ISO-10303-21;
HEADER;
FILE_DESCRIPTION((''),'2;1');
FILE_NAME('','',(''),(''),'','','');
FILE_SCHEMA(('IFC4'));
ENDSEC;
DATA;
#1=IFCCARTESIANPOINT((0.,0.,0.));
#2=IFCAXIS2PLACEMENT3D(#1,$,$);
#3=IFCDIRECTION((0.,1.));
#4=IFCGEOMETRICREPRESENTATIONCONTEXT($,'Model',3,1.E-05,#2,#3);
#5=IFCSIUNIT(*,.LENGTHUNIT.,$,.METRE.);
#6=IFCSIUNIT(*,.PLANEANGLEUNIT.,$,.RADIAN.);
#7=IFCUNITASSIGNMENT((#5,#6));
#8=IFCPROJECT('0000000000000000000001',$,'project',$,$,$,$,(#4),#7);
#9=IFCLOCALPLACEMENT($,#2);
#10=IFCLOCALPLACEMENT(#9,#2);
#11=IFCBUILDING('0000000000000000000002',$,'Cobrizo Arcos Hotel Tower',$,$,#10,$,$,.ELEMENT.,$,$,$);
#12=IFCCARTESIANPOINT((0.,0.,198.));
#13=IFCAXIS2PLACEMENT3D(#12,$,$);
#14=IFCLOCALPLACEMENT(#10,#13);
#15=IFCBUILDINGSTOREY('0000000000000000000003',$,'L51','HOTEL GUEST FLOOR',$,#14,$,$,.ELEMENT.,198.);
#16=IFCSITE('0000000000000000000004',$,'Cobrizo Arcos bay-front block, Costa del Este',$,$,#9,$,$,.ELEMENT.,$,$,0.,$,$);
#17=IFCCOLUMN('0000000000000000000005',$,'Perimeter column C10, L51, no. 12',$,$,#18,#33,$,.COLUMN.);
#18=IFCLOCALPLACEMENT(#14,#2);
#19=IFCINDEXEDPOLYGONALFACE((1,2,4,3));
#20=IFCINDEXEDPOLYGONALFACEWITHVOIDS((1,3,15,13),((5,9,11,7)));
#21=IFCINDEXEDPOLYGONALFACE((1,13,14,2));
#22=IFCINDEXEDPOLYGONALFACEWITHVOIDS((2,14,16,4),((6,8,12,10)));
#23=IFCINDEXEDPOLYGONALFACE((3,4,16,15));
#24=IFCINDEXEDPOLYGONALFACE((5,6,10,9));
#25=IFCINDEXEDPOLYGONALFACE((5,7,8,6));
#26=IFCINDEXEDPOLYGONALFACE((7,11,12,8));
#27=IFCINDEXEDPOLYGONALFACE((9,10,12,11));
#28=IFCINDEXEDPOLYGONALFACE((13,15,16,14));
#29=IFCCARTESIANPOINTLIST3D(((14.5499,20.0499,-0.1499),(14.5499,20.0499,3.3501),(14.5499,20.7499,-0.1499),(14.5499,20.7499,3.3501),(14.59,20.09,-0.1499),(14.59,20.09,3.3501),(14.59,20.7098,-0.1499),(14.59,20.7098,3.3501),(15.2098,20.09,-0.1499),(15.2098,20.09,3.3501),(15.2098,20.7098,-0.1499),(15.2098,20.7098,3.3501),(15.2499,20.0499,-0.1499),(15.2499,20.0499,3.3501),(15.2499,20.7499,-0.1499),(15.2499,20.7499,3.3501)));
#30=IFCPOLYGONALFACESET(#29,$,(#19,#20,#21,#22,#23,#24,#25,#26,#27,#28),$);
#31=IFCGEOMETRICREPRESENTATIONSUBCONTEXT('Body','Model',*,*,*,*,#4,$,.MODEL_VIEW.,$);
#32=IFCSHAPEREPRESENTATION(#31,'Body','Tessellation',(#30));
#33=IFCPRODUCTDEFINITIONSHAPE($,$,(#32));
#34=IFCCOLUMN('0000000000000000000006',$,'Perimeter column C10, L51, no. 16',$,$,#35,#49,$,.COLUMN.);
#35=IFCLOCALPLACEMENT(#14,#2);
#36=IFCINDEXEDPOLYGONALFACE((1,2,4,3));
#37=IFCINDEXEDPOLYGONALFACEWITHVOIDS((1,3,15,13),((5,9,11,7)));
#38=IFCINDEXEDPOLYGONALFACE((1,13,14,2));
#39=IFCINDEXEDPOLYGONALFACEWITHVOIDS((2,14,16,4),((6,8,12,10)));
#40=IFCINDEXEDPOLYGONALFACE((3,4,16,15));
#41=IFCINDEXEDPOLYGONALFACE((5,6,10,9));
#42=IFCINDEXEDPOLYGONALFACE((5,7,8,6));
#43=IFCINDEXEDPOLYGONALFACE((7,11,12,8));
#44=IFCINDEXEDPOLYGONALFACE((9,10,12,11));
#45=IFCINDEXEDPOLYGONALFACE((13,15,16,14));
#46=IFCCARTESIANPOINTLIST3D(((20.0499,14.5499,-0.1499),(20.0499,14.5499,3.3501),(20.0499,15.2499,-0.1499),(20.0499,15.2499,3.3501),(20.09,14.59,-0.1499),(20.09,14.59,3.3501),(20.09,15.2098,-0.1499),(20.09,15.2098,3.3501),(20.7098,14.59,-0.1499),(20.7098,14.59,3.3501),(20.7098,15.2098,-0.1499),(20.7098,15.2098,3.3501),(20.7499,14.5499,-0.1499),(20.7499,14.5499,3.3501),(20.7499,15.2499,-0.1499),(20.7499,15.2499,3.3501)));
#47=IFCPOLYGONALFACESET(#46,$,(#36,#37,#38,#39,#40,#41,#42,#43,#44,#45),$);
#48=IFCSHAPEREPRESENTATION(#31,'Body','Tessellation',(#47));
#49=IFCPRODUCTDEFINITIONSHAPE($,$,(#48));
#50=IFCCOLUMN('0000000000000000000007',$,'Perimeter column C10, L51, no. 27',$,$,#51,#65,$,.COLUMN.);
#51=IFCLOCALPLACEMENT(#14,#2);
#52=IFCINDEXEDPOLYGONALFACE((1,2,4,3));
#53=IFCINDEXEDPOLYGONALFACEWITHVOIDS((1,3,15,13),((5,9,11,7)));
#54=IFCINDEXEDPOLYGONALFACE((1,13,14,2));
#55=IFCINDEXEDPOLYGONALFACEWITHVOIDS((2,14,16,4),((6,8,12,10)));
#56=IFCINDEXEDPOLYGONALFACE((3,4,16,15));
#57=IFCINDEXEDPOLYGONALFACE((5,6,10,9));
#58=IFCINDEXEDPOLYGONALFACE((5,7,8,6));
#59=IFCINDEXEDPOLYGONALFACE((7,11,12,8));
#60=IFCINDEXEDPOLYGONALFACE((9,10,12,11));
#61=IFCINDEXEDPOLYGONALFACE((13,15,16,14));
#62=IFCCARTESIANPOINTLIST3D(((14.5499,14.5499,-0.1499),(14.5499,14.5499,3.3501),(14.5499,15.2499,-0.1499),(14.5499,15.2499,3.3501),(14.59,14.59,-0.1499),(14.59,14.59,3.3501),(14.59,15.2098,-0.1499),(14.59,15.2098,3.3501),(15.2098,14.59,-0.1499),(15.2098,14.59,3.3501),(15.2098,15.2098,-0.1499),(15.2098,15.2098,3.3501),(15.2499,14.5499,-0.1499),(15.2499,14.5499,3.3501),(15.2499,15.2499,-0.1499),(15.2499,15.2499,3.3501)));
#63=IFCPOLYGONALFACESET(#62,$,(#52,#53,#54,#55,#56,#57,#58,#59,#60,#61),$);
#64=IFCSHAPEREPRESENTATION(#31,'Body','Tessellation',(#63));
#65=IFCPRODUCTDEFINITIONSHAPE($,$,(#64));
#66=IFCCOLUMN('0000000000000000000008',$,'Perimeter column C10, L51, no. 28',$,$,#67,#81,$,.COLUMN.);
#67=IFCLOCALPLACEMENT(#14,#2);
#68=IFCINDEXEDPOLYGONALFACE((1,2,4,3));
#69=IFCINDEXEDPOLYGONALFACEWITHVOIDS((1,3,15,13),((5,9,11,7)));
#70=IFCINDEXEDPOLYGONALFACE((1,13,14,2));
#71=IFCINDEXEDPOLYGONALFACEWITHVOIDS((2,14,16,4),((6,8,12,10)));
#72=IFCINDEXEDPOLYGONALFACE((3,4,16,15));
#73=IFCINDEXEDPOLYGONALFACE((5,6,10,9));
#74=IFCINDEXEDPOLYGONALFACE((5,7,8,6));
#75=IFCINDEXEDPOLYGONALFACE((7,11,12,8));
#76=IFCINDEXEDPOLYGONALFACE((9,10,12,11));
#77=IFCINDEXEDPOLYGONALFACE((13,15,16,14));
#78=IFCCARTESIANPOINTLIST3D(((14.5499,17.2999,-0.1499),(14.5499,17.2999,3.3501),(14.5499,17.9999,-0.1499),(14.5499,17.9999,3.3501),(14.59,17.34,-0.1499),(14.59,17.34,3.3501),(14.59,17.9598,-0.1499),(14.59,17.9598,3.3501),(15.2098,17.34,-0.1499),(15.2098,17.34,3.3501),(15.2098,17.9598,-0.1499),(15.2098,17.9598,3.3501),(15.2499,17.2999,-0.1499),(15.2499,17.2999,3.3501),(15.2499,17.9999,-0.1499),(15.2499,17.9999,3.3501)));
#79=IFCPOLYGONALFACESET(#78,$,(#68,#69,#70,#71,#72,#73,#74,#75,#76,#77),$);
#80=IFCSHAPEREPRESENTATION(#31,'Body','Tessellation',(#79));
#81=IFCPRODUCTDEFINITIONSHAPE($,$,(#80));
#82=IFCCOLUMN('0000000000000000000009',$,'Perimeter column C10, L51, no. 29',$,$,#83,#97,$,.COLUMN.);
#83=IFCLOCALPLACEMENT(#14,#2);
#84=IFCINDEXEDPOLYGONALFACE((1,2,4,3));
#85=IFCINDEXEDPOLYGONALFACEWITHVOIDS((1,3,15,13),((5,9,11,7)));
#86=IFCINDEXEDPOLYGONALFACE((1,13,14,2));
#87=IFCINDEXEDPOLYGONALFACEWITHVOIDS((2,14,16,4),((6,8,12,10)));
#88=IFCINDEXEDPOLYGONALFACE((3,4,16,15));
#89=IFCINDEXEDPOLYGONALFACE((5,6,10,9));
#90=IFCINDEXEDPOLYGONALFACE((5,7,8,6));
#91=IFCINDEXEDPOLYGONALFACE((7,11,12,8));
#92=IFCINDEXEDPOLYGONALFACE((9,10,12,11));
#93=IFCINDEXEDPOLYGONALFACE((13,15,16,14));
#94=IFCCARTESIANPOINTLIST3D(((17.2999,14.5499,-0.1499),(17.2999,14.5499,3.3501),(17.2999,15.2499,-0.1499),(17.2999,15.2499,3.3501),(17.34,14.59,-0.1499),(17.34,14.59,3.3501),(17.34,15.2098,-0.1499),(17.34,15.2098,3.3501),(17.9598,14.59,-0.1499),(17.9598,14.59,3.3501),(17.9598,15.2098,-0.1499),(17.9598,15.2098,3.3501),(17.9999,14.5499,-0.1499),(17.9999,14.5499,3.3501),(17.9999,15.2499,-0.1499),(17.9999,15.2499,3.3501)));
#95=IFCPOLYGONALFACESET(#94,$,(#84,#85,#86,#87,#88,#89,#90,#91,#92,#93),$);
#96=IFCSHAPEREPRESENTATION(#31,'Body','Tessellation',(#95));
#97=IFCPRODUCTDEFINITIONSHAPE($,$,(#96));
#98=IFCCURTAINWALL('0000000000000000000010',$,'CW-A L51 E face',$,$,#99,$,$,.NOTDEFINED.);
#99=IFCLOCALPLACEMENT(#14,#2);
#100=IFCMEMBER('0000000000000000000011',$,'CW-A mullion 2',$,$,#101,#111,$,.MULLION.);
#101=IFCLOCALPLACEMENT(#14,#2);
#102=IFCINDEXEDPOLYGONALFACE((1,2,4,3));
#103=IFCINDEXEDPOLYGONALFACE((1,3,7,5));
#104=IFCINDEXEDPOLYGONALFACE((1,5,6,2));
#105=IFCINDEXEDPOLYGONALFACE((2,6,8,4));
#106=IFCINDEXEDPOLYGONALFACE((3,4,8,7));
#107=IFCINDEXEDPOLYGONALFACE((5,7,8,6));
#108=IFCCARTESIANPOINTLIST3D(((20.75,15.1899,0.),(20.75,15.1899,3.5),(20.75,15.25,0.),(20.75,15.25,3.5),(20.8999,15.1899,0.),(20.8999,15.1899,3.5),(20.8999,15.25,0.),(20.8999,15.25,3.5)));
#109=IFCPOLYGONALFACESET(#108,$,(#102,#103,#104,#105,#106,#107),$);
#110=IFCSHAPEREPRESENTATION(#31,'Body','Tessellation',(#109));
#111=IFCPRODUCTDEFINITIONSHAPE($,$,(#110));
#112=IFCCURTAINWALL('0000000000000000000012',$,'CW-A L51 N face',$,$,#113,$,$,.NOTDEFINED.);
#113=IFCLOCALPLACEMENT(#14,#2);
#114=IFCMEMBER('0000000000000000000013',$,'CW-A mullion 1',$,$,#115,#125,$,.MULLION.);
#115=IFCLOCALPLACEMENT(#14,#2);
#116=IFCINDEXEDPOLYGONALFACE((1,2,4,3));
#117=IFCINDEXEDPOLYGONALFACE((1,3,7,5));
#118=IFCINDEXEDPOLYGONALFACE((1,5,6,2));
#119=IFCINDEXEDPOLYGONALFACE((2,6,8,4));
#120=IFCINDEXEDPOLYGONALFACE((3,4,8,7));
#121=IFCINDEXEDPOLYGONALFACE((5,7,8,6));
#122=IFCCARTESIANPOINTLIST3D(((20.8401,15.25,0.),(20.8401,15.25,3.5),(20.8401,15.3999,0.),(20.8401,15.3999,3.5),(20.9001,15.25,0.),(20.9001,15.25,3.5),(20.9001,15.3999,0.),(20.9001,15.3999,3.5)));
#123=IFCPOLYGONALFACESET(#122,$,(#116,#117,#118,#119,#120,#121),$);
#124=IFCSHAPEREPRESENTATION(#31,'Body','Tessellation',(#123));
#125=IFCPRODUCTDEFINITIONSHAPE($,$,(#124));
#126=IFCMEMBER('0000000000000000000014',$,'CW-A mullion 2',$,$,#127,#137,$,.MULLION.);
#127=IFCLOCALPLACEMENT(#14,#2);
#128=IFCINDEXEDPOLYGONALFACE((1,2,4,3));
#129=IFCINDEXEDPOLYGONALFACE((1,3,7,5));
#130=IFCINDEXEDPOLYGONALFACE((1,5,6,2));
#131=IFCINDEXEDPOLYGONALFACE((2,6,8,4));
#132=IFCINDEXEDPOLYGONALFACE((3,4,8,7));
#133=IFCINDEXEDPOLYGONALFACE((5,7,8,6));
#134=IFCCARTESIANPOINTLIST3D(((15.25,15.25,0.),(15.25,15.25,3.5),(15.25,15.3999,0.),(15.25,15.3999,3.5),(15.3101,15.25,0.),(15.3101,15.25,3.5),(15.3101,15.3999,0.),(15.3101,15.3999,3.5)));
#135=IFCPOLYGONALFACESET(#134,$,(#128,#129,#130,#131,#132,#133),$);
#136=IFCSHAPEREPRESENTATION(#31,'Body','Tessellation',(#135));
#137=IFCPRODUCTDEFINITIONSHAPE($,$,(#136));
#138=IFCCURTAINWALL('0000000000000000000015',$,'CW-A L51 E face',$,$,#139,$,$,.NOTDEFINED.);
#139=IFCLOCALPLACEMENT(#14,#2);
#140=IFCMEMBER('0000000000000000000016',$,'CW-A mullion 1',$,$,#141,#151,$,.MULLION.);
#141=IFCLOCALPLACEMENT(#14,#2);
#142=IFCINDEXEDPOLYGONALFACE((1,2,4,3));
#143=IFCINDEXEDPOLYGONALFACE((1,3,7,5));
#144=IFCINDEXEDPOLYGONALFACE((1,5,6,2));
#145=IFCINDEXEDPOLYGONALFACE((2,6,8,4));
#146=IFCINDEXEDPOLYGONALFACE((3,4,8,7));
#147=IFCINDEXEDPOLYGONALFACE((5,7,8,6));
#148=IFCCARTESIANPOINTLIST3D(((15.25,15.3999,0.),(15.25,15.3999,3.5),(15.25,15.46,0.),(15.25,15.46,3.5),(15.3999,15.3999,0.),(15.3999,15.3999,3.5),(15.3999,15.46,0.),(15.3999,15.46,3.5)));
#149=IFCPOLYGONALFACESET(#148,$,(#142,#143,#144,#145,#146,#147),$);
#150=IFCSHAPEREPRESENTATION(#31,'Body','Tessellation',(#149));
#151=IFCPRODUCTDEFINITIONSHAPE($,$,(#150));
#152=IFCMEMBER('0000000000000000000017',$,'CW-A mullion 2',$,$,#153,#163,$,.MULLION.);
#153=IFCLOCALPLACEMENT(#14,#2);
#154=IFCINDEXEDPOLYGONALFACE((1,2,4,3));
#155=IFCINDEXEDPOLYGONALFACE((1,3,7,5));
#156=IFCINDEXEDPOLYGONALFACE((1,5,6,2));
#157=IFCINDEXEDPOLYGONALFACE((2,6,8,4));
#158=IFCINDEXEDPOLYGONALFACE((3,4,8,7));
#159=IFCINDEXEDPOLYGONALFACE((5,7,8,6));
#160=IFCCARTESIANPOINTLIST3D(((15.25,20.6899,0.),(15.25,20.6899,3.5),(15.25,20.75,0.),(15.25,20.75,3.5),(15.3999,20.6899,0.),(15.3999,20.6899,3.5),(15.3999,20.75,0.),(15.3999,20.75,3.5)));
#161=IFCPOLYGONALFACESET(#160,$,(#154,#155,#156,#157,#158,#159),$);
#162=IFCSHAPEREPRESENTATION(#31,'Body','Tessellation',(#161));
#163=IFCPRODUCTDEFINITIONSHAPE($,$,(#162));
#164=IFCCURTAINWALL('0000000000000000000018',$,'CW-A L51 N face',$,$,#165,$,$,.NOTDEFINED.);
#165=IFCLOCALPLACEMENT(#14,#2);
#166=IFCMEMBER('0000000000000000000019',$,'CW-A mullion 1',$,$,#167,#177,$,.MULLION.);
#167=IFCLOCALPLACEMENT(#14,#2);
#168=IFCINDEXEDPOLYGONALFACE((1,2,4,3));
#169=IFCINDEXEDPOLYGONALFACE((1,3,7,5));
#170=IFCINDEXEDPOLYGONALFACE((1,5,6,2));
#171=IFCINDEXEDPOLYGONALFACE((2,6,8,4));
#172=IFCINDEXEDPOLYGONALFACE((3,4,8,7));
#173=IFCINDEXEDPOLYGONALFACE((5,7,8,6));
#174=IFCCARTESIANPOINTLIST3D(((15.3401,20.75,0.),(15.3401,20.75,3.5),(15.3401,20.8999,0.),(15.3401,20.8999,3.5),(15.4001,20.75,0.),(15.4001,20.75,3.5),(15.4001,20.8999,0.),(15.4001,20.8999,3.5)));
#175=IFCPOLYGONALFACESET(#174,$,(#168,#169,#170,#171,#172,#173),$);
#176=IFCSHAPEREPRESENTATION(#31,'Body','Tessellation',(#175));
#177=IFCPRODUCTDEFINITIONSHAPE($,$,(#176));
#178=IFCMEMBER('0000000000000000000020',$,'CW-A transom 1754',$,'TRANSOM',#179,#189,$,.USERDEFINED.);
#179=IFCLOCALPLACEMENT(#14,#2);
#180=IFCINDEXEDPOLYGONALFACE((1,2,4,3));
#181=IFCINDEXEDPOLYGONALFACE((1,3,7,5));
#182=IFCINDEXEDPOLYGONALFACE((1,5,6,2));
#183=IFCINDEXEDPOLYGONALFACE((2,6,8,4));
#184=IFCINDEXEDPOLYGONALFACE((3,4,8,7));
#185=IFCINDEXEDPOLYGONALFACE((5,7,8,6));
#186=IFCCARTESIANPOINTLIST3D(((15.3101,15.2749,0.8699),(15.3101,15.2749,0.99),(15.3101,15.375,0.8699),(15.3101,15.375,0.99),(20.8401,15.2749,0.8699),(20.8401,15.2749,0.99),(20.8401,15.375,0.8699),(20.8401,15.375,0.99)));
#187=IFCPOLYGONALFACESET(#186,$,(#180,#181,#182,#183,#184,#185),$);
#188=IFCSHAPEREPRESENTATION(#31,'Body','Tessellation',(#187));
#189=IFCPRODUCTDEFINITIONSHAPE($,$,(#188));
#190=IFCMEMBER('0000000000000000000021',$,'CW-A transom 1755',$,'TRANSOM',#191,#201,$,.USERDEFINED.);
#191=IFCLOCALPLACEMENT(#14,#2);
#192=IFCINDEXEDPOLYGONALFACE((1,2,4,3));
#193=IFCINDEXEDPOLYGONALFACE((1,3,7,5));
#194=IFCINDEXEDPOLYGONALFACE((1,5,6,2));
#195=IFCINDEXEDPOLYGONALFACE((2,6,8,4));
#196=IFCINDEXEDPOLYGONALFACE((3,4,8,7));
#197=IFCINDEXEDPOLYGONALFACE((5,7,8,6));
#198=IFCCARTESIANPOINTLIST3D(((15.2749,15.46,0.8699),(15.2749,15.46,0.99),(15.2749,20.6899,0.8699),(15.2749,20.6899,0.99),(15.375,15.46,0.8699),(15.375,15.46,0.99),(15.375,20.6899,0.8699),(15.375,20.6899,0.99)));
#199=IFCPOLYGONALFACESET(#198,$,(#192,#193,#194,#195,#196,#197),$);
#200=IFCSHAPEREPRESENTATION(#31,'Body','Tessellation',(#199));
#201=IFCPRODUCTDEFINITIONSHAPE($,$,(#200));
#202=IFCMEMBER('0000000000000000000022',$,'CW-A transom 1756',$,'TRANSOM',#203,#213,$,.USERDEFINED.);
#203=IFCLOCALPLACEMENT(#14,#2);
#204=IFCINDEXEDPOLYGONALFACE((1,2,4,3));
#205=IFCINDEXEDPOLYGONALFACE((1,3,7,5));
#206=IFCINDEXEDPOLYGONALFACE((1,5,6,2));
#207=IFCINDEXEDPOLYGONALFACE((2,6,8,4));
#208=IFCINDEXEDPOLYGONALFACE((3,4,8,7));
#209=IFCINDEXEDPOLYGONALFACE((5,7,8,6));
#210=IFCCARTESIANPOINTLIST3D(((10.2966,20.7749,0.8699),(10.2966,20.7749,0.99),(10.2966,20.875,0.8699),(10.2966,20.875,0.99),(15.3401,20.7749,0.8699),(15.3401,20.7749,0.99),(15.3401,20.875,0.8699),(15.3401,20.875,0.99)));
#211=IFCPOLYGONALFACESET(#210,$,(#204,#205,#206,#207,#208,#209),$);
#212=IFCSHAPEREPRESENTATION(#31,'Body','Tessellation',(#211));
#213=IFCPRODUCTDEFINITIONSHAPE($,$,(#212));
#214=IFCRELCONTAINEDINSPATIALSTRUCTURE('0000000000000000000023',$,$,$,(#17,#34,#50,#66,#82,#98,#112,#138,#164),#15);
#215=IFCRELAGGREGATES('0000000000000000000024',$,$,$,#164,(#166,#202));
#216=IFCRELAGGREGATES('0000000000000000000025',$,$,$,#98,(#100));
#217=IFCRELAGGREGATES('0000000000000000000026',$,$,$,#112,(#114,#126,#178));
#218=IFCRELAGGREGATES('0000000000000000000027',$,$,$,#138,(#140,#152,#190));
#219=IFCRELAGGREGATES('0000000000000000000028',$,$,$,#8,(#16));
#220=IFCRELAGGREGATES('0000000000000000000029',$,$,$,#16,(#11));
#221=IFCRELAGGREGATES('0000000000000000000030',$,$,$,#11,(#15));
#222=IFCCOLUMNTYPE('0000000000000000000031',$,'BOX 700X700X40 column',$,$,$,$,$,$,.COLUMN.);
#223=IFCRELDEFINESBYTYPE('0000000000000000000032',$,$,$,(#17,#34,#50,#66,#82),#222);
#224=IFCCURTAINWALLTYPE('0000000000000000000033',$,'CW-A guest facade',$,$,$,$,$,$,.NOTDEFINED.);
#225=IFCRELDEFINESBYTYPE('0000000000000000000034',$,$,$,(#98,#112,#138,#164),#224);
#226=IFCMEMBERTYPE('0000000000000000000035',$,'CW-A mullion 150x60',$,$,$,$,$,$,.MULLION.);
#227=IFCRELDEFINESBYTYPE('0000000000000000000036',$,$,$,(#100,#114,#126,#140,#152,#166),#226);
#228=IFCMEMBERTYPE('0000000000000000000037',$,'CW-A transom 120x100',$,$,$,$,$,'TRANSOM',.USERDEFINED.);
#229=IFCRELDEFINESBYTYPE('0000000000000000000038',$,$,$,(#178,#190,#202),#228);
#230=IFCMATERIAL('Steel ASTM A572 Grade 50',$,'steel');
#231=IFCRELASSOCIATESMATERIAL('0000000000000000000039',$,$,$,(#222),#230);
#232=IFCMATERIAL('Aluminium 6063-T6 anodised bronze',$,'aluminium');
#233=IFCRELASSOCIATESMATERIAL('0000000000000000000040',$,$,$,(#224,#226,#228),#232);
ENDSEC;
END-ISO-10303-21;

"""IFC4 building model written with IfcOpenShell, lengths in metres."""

from ifc_helpers import new_model, si_unit, direction, frame, origin, origin_2d, place, context, subcontext, project, spatial, rectangle, hollow_rectangle, extrude, material, material_profile, profile_set, type_object, element, aggregate, save


model = new_model("IFC4")

# Units and contexts
model_context = context("Model", 3, precision=1e-05, world=origin(), true_north=direction((0.0, 1.0)))
body_context = subcontext(model_context, "Body", "Model", "MODEL_VIEW")
ifc_project = project(units=[si_unit("LENGTHUNIT", "METRE"), si_unit("PLANEANGLEUNIT", "RADIAN")], contexts=[model_context])

# Site, building, storey
site_placement = place(None, origin())
site = spatial("IfcSite", under=ifc_project, at=site_placement, Name="Cobrizo Arcos bay-front block, Costa del Este", CompositionType="ELEMENT", RefElevation=0.0)
building_placement = place(site_placement, origin())
building = spatial("IfcBuilding", under=site, at=building_placement, Name="Cobrizo Arcos Hotel Tower", CompositionType="ELEMENT")
storey_placement = place(building_placement, frame((0.0, 0.0, 198.0)))
storey = spatial("IfcBuildingStorey", under=building, at=storey_placement, Name="L51", Description="HOTEL GUEST FLOOR", CompositionType="ELEMENT", Elevation=198.0)

# Columns
ifc_material_1 = material(Name="Steel ASTM A572 Grade 50", Category="steel")
ifc_material_profile_1 = material_profile(ifc_material_1, hollow_rectangle(XDim=0.7, YDim=0.7, WallThickness=0.04, at=origin_2d()), Name="BOX 700X700X40")
ifc_profile_set_1 = profile_set([ifc_material_profile_1], Name="Steel ASTM A572 Grade 50")
column_type = type_object("IfcColumnType", Name="BOX 700X700X40 column", PredefinedType="COLUMN", material=ifc_profile_set_1)
for number, where, z_axis, x_axis, name in (
    (1, (14.8999, 20.3999, -0.1499), (0.0, 0.0, 1.0), (1.0, 0.0, 0.0), "Perimeter column C10, L51, no. 12"),
    (2, (20.3999, 14.8999, -0.1499), (0.0, 0.0, 1.0), (1.0, 0.0, 0.0), "Perimeter column C10, L51, no. 16"),
    (3, (14.8999, 14.8999, -0.1499), (0.0, 0.0, 1.0), (1.0, 0.0, 0.0), "Perimeter column C10, L51, no. 27"),
    (4, (14.8999, 17.6499, -0.1499), (0.0, 0.0, 1.0), (1.0, 0.0, 0.0), "Perimeter column C10, L51, no. 28"),
    (5, (17.6499, 14.8999, -0.1499), (0.0, 0.0, 1.0), (1.0, 0.0, 0.0), "Perimeter column C10, L51, no. 29"),
):
    element("IfcColumn", number, at=place(storey_placement, frame(where, z_axis=z_axis, x_axis=x_axis)), inside=storey, type_object=column_type, Name=name, PredefinedType="COLUMN", context=body_context, shape_type="SweptSolid", body=[
        extrude(hollow_rectangle(XDim=0.7, YDim=0.7, WallThickness=0.04, at=origin_2d()), origin(), (0.0, 0.0, 1.0), 3.5),
    ])

# Curtain wall, member
ifc_material_2 = material(Name="Aluminium 6063-T6 anodised bronze", Category="aluminium")
curtain_wall_type = type_object("IfcCurtainWallType", Name="CW-A guest facade", PredefinedType="NOTDEFINED", material=ifc_material_2)
curtain_wall_1_placement = place(storey_placement, origin())
curtain_wall_1 = element("IfcCurtainWall", 6, at=curtain_wall_1_placement, inside=storey, type_object=curtain_wall_type, Name="CW-A L51 E face", PredefinedType="NOTDEFINED")
ifc_material_profile_2 = material_profile(ifc_material_2, rectangle(XDim=0.1499, YDim=0.0601, at=origin_2d()), Name="CW-A mullion 150x60")
ifc_profile_set_2 = profile_set([ifc_material_profile_2], Name="Aluminium 6063-T6 anodised bronze")
member_type_1 = type_object("IfcMemberType", Name="CW-A mullion 150x60", PredefinedType="MULLION", material=ifc_profile_set_2)
member_1_placement = place(storey_placement, frame((20.825, 15.22, 0.0), z_axis=(0.0, 0.0, 1.0), x_axis=(1.0, 0.0, 0.0)))
member_1 = element("IfcMember", 7, at=member_1_placement, type_object=member_type_1, Name="CW-A mullion 2", PredefinedType="MULLION", context=body_context, shape_type="SweptSolid", body=[
    extrude(rectangle(XDim=0.1499, YDim=0.0601, at=origin_2d()), origin(), (0.0, 0.0, 1.0), 3.5),
])

# Curtain walls, members
curtain_wall_2_placement = place(storey_placement, origin())
curtain_wall_2 = element("IfcCurtainWall", 8, at=curtain_wall_2_placement, inside=storey, type_object=curtain_wall_type, Name="CW-A L51 N face", PredefinedType="NOTDEFINED")
member_2_placement = place(storey_placement, frame((20.8701, 15.325, 0.0), z_axis=(0.0, 0.0, 1.0), x_axis=(0.0, 1.0, 0.0)))
member_2 = element("IfcMember", 9, at=member_2_placement, type_object=member_type_1, Name="CW-A mullion 1", PredefinedType="MULLION", context=body_context, shape_type="SweptSolid", body=[
    extrude(rectangle(XDim=0.1499, YDim=0.0601, at=origin_2d()), origin(), (0.0, 0.0, 1.0), 3.5),
])
member_3_placement = place(storey_placement, frame((15.28, 15.325, 0.0), z_axis=(0.0, 0.0, 1.0), x_axis=(0.0, 1.0, 0.0)))
member_3 = element("IfcMember", 10, at=member_3_placement, type_object=member_type_1, Name="CW-A mullion 2", PredefinedType="MULLION", context=body_context, shape_type="SweptSolid", body=[
    extrude(rectangle(XDim=0.1499, YDim=0.0601, at=origin_2d()), origin(), (0.0, 0.0, 1.0), 3.5),
])
curtain_wall_3_placement = place(storey_placement, origin())
curtain_wall_3 = element("IfcCurtainWall", 11, at=curtain_wall_3_placement, inside=storey, type_object=curtain_wall_type, Name="CW-A L51 E face", PredefinedType="NOTDEFINED")
member_4_placement = place(storey_placement, frame((15.325, 15.4299, 0.0), z_axis=(0.0, 0.0, 1.0), x_axis=(1.0, 0.0, 0.0)))
member_4 = element("IfcMember", 12, at=member_4_placement, type_object=member_type_1, Name="CW-A mullion 1", PredefinedType="MULLION", context=body_context, shape_type="SweptSolid", body=[
    extrude(rectangle(XDim=0.1499, YDim=0.0601, at=origin_2d()), origin(), (0.0, 0.0, 1.0), 3.5),
])
member_5_placement = place(storey_placement, frame((15.325, 20.72, 0.0), z_axis=(0.0, 0.0, 1.0), x_axis=(1.0, 0.0, 0.0)))
member_5 = element("IfcMember", 13, at=member_5_placement, type_object=member_type_1, Name="CW-A mullion 2", PredefinedType="MULLION", context=body_context, shape_type="SweptSolid", body=[
    extrude(rectangle(XDim=0.1499, YDim=0.0601, at=origin_2d()), origin(), (0.0, 0.0, 1.0), 3.5),
])

# Curtain wall, member
curtain_wall_4_placement = place(storey_placement, origin())
curtain_wall_4 = element("IfcCurtainWall", 14, at=curtain_wall_4_placement, inside=storey, type_object=curtain_wall_type, Name="CW-A L51 N face", PredefinedType="NOTDEFINED")
member_6_placement = place(storey_placement, frame((15.3701, 20.825, 0.0), z_axis=(0.0, 0.0, 1.0), x_axis=(0.0, 1.0, 0.0)))
member_6 = element("IfcMember", 15, at=member_6_placement, type_object=member_type_1, Name="CW-A mullion 1", PredefinedType="MULLION", context=body_context, shape_type="SweptSolid", body=[
    extrude(rectangle(XDim=0.1499, YDim=0.0601, at=origin_2d()), origin(), (0.0, 0.0, 1.0), 3.5),
])

# Members
ifc_material_profile_3 = material_profile(ifc_material_2, rectangle(XDim=0.1001, YDim=0.1201, at=origin_2d()), Name="CW-A transom 120x100")
ifc_profile_set_3 = profile_set([ifc_material_profile_3], Name="Aluminium 6063-T6 anodised bronze")
member_type_2 = type_object("IfcMemberType", Name="CW-A transom 120x100", ElementType="TRANSOM", PredefinedType="USERDEFINED", material=ifc_profile_set_3)
member_7_placement = place(storey_placement, frame((20.8401, 15.325, 0.9299), z_axis=(-1.0, 0.0, 0.0), x_axis=(0.0, -1.0, 0.0)))
member_7 = element("IfcMember", 16, at=member_7_placement, type_object=member_type_2, Name="CW-A transom 1754", ObjectType="TRANSOM", PredefinedType="USERDEFINED", context=body_context, shape_type="SweptSolid", body=[
    extrude(rectangle(XDim=0.1001, YDim=0.1201, at=origin_2d()), origin(), (0.0, 0.0, 1.0), 5.53),
])
member_8_placement = place(storey_placement, frame((15.325, 15.46, 0.9299), z_axis=(0.0, 1.0, 0.0), x_axis=(-1.0, 0.0, 0.0)))
member_8 = element("IfcMember", 17, at=member_8_placement, type_object=member_type_2, Name="CW-A transom 1755", ObjectType="TRANSOM", PredefinedType="USERDEFINED", context=body_context, shape_type="SweptSolid", body=[
    extrude(rectangle(XDim=0.1001, YDim=0.1201, at=origin_2d()), origin(), (0.0, 0.0, 1.0), 5.23),
])
member_9_placement = place(storey_placement, frame((15.3401, 20.825, 0.9299), z_axis=(-1.0, 0.0, 0.0), x_axis=(0.0, -1.0, 0.0)))
member_9 = element("IfcMember", 18, at=member_9_placement, type_object=member_type_2, Name="CW-A transom 1756", ObjectType="TRANSOM", PredefinedType="USERDEFINED", context=body_context, shape_type="SweptSolid", body=[
    extrude(rectangle(XDim=0.1001, YDim=0.1201, at=origin_2d()), origin(), (0.0, 0.0, 1.0), 5.0435),
])
aggregate(curtain_wall_4, [member_6, member_9])

aggregate(curtain_wall_1, [member_1])
aggregate(curtain_wall_2, [member_2, member_3, member_7])
aggregate(curtain_wall_3, [member_4, member_5, member_8])

save(model, "model.ifc")
